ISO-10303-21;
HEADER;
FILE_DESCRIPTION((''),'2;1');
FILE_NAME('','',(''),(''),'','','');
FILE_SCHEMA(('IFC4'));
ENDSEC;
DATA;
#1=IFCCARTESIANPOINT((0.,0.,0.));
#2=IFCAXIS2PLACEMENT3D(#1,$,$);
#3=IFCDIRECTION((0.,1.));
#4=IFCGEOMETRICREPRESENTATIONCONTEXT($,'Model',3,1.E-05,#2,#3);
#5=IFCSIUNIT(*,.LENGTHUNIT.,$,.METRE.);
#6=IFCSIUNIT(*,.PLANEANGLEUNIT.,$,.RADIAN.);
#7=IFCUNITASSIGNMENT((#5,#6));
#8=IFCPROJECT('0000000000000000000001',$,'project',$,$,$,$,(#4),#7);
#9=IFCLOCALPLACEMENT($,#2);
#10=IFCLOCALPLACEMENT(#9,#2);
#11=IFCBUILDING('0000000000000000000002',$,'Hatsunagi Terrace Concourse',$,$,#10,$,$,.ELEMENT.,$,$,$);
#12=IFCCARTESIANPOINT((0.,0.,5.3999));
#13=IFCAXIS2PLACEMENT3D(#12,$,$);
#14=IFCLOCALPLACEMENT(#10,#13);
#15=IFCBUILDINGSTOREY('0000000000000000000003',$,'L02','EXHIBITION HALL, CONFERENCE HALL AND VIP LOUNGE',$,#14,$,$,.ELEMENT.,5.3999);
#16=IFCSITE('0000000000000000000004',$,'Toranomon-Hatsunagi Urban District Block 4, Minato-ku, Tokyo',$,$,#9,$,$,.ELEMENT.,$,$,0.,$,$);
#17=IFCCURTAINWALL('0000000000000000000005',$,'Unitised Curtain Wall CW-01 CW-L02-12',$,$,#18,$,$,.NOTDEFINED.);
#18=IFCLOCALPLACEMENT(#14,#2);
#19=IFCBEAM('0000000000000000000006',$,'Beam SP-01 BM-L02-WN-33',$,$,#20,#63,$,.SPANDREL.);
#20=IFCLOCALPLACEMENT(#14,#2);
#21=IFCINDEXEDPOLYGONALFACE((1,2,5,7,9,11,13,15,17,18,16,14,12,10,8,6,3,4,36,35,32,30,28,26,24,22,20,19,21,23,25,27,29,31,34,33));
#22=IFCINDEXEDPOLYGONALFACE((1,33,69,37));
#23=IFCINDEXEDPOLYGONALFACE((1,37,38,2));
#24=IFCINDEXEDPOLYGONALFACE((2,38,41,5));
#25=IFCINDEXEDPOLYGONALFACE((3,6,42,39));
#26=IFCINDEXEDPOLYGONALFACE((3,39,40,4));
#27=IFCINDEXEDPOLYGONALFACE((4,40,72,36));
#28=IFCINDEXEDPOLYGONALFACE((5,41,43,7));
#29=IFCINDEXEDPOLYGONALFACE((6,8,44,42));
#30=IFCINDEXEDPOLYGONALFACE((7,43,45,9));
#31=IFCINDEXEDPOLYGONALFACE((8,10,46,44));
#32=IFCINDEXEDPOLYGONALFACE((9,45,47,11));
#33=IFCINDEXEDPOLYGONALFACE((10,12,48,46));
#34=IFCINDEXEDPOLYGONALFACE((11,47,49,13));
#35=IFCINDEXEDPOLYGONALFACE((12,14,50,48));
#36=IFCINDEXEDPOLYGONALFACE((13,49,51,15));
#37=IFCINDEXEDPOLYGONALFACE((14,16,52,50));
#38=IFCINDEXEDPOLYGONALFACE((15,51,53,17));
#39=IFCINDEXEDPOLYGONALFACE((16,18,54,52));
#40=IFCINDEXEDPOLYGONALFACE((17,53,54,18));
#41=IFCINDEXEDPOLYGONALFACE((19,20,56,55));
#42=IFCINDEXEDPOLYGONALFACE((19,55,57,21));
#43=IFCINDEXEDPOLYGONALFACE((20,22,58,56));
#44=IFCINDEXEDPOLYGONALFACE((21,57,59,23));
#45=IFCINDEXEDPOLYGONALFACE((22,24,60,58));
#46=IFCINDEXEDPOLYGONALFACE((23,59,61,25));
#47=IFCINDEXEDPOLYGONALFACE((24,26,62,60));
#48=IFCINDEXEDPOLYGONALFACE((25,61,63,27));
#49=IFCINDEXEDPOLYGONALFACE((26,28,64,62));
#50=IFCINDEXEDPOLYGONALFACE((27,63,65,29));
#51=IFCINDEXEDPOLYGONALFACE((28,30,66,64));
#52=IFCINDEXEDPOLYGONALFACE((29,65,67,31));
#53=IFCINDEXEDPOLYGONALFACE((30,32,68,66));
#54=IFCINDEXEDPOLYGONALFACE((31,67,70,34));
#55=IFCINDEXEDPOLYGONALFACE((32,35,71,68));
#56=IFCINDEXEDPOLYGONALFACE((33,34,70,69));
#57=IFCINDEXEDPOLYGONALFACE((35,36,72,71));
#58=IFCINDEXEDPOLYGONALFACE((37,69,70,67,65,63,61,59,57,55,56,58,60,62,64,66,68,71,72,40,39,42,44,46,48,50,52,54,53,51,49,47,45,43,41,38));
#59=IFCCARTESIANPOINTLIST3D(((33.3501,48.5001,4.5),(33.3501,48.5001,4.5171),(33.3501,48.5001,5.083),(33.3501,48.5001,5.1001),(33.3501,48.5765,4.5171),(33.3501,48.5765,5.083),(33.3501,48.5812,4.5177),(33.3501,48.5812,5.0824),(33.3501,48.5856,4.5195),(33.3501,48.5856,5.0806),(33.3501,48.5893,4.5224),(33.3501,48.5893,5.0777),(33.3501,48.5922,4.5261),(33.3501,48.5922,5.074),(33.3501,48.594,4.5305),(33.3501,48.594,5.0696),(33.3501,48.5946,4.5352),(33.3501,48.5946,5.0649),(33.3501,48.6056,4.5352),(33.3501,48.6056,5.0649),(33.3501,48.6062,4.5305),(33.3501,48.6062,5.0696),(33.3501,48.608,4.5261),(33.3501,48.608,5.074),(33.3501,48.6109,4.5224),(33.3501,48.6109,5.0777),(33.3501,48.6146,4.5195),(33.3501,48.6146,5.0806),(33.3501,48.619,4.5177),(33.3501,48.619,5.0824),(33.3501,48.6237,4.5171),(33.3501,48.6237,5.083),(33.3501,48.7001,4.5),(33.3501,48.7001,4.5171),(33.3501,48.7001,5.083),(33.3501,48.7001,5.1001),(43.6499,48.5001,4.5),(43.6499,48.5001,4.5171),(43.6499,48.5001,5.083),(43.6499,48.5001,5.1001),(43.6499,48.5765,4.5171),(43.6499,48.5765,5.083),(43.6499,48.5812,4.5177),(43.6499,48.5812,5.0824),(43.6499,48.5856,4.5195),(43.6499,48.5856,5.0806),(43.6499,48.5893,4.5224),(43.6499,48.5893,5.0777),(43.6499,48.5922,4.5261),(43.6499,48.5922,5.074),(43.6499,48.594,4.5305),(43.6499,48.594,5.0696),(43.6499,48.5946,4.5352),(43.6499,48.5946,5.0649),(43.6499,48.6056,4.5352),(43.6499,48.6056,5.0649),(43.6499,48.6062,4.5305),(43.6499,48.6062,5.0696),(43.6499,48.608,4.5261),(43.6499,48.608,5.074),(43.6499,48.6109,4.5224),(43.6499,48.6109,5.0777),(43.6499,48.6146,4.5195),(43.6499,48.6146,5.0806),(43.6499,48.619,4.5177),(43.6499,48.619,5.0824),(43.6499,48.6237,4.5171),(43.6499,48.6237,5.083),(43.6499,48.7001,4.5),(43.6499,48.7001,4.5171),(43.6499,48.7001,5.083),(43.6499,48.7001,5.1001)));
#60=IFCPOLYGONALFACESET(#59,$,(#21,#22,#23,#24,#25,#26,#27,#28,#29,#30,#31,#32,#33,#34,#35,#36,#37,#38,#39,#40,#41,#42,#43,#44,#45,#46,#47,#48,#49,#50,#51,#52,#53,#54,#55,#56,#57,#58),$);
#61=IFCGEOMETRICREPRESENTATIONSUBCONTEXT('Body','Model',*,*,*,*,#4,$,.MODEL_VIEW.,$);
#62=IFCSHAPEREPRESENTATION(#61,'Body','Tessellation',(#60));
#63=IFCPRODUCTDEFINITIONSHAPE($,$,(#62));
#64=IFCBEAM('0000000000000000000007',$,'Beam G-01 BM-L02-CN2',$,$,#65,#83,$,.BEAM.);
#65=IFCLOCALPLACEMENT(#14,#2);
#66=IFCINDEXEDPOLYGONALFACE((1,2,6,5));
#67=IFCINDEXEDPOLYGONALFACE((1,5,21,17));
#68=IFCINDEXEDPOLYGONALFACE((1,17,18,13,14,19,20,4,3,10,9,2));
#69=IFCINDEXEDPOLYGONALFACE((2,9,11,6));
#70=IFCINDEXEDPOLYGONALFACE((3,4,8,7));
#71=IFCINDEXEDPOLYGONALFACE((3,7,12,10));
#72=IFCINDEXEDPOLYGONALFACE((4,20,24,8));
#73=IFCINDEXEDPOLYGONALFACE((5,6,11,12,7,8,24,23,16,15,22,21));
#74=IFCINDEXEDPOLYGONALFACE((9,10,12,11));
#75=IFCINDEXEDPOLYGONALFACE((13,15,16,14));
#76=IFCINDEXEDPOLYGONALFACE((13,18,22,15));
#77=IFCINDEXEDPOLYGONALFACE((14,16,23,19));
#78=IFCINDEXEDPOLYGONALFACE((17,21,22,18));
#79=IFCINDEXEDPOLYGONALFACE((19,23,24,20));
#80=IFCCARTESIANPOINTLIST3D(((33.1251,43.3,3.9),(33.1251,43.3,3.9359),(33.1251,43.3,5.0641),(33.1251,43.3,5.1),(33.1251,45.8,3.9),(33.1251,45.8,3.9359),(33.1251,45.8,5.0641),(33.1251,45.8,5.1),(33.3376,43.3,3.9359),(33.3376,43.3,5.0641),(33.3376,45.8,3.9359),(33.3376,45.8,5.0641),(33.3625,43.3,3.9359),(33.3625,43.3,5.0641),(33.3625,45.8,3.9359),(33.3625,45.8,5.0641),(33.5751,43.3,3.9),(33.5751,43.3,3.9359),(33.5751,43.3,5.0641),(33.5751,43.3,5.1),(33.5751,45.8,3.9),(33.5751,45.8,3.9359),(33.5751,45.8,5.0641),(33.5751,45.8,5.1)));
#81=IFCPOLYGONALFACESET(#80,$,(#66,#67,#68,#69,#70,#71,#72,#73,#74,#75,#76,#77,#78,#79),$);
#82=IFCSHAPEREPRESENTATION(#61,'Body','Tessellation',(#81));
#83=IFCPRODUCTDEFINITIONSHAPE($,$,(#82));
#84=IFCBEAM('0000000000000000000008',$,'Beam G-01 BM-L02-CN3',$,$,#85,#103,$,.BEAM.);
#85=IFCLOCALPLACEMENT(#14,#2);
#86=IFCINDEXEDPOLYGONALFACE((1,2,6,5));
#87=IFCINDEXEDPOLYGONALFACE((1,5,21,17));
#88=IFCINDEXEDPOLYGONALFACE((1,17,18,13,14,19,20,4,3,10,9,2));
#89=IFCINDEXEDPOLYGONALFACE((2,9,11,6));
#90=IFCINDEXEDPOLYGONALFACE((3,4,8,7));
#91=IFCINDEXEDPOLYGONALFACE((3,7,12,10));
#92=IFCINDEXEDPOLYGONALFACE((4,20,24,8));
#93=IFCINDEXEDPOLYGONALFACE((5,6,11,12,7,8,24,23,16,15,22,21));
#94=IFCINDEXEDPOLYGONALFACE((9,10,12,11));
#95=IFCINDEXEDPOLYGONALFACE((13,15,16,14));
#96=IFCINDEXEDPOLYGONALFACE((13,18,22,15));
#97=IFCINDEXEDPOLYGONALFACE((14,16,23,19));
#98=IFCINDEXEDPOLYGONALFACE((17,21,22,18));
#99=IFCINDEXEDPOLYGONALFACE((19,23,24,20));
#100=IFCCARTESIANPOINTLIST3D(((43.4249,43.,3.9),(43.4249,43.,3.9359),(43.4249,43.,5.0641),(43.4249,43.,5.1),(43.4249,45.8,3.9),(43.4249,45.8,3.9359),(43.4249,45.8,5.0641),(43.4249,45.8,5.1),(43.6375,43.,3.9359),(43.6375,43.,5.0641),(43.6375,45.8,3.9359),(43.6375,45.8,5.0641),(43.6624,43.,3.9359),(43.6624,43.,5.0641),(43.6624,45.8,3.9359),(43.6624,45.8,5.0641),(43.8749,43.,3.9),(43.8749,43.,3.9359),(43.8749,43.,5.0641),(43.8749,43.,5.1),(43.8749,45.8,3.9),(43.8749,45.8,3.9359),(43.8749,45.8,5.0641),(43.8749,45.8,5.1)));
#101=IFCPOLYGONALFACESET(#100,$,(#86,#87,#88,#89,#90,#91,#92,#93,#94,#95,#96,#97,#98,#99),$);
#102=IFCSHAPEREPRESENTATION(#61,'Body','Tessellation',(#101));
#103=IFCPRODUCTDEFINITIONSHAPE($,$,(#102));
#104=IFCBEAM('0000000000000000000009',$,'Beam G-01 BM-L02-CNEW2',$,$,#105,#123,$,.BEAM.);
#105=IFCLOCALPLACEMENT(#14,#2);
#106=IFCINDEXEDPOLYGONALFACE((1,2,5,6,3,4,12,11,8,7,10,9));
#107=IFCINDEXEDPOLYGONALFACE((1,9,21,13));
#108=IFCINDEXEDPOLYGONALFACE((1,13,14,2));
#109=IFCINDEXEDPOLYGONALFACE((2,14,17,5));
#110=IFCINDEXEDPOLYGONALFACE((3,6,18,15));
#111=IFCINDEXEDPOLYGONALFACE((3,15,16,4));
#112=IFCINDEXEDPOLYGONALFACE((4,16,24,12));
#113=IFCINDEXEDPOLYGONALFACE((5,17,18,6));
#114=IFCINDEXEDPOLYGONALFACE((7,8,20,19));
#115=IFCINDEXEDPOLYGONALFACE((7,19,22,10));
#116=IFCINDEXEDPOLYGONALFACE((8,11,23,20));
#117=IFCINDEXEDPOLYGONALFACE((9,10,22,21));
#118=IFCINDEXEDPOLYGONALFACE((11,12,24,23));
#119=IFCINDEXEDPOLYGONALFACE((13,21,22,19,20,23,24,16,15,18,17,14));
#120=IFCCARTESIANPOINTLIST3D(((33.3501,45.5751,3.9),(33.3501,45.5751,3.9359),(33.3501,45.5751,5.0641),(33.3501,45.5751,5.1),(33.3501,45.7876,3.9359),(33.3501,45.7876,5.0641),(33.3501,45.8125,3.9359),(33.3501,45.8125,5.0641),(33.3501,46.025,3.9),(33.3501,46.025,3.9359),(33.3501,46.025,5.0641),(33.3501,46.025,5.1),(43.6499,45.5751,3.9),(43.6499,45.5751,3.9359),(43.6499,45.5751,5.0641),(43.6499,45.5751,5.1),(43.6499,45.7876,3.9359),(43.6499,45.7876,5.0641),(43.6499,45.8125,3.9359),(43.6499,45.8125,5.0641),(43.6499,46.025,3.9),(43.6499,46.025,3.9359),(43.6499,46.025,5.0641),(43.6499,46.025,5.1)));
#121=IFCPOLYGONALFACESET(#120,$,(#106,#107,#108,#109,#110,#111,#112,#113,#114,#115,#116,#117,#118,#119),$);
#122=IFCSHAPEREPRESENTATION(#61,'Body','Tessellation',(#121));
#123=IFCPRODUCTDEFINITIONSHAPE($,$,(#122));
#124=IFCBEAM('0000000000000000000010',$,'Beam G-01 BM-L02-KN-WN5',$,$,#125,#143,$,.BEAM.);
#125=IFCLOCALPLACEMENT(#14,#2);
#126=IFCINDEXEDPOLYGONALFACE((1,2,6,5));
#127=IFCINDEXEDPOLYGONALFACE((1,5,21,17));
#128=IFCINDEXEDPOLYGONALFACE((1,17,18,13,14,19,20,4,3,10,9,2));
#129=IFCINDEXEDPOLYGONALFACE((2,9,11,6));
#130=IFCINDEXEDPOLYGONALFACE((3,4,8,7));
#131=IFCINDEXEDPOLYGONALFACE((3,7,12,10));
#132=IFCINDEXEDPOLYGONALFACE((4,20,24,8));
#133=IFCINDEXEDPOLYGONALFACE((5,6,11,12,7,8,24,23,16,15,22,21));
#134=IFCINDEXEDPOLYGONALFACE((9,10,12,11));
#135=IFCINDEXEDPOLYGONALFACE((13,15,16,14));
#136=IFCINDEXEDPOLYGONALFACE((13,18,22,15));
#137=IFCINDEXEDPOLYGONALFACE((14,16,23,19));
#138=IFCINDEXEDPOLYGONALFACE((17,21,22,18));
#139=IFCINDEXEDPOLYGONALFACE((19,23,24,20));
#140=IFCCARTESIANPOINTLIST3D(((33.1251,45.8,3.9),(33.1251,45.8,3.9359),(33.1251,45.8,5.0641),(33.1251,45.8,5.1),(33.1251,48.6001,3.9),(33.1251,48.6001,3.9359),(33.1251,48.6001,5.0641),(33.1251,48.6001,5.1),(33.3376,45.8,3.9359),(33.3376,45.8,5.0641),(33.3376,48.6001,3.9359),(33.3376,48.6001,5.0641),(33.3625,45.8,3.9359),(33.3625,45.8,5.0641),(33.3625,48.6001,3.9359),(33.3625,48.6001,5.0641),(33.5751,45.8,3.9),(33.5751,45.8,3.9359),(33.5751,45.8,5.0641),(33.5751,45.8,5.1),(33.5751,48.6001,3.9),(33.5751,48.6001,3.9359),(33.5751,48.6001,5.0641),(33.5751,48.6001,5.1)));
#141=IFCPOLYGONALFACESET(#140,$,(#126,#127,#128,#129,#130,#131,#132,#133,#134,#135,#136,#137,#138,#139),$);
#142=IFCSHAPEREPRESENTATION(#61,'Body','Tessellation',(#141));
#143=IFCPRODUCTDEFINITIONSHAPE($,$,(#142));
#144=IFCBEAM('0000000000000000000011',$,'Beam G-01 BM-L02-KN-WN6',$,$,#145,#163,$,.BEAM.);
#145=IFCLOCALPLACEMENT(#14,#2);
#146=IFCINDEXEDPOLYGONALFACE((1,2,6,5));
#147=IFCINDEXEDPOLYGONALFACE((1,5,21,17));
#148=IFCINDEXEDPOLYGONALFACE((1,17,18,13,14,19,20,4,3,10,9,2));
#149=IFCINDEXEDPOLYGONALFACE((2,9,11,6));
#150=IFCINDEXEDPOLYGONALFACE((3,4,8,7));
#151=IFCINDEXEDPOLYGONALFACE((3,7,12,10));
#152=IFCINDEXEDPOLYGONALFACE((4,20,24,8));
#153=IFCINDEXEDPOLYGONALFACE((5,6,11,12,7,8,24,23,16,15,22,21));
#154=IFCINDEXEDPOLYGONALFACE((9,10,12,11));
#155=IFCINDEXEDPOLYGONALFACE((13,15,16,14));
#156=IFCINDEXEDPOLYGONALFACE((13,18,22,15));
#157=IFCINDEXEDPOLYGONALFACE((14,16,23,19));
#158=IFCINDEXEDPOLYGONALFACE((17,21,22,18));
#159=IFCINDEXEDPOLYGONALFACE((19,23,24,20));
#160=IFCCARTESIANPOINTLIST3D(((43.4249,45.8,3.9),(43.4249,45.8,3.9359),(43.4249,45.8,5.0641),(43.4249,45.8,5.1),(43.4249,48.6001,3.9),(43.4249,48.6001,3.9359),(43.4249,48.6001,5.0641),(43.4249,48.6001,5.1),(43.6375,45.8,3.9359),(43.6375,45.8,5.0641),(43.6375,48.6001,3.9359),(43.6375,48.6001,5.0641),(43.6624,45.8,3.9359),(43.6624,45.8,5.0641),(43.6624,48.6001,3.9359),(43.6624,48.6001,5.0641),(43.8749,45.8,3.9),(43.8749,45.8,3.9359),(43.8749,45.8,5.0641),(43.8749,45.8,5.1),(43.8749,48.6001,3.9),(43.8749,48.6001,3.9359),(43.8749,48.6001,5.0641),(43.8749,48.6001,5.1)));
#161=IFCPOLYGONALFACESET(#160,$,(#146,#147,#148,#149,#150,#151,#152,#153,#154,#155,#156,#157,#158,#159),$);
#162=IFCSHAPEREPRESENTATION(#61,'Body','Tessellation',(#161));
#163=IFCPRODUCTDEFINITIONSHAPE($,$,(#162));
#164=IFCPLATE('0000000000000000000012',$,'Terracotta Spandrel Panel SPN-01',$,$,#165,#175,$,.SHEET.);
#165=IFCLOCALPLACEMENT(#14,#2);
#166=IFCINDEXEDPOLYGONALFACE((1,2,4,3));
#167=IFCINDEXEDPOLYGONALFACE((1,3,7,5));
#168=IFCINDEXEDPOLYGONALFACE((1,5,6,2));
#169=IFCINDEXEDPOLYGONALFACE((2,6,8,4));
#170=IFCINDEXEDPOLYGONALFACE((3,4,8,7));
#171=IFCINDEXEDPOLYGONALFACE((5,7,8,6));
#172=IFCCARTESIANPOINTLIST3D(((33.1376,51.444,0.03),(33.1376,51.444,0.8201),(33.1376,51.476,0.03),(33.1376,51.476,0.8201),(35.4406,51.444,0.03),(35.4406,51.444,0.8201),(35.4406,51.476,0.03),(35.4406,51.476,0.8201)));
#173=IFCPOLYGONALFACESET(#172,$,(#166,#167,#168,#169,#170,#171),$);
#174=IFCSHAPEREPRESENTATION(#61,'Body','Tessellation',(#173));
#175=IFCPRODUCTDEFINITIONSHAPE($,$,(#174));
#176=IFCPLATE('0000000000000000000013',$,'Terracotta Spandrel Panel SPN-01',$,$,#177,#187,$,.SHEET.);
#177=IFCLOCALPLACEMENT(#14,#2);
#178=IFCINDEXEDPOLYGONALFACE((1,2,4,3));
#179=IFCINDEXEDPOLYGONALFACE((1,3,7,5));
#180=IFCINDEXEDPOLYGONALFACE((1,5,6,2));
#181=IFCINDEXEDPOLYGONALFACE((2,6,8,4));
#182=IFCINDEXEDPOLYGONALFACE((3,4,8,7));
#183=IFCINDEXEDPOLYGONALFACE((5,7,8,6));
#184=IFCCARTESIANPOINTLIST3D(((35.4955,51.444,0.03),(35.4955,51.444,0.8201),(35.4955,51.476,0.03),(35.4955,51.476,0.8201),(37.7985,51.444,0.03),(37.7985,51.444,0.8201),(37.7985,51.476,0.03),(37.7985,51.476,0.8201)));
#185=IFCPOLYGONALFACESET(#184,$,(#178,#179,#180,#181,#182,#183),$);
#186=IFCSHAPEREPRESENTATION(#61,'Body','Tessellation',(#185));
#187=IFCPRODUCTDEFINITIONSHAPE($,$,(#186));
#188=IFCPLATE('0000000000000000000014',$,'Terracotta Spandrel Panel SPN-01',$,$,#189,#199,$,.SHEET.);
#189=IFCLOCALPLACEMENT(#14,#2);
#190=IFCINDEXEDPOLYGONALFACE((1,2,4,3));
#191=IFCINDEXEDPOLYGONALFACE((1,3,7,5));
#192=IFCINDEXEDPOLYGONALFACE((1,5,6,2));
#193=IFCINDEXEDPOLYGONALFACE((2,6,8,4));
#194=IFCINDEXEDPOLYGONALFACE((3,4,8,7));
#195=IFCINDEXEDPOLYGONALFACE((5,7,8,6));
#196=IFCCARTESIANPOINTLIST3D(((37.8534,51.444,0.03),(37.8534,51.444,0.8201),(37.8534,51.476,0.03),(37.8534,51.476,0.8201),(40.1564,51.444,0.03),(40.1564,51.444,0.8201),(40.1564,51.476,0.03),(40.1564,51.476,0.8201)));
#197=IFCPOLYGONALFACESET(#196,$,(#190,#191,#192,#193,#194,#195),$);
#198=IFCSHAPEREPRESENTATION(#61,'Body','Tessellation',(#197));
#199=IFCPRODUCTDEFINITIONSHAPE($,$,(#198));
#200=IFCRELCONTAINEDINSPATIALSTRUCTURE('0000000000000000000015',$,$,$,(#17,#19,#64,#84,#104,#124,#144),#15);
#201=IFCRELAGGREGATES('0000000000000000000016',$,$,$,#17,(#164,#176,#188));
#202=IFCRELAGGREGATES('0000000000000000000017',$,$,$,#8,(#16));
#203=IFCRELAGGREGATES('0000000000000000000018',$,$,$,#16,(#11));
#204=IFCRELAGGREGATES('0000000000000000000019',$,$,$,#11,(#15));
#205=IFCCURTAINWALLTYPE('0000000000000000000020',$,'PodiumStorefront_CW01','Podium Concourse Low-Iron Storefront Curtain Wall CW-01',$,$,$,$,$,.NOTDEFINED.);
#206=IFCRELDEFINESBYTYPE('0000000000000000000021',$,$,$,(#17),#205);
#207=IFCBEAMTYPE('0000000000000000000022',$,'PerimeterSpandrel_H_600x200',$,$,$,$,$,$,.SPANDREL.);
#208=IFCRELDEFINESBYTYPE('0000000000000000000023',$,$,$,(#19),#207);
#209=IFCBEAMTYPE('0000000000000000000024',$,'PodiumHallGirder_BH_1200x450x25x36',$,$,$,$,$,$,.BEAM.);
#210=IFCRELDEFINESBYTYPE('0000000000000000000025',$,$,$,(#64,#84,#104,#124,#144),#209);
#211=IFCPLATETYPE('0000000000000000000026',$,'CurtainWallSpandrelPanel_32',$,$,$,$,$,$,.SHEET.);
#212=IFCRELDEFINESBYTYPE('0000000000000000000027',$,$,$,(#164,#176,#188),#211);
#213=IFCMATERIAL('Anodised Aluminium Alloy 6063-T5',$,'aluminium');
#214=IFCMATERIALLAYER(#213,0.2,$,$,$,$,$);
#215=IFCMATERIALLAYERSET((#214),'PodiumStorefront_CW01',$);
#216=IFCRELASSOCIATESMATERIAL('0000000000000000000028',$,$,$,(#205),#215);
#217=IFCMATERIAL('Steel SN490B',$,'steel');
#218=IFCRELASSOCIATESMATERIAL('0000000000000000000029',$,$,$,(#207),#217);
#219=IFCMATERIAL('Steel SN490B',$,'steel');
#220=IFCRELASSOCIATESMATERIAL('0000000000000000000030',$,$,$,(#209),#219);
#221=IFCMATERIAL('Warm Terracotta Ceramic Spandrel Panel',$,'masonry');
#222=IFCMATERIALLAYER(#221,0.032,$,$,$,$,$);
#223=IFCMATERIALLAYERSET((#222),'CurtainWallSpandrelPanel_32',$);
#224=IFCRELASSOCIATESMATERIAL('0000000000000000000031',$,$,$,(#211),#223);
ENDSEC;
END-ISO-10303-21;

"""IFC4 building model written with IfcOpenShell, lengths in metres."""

from ifc_helpers import new_model, si_unit, direction, frame, origin, origin_2d, place, context, subcontext, project, spatial, rectangle, i_section, extrude, material, layer, layer_set, material_profile, profile_set, type_object, element, aggregate, save


model = new_model("IFC4")

# Units and contexts
model_context = context("Model", 3, precision=1e-05, world=origin(), true_north=direction((0.0, 1.0)))
body_context = subcontext(model_context, "Body", "Model", "MODEL_VIEW")
ifc_project = project(units=[si_unit("LENGTHUNIT", "METRE"), si_unit("PLANEANGLEUNIT", "RADIAN")], contexts=[model_context])

# Site, building, storey
site_placement = place(None, origin())
site = spatial("IfcSite", under=ifc_project, at=site_placement, Name="Toranomon-Hatsunagi Urban District Block 4, Minato-ku, Tokyo", CompositionType="ELEMENT", RefElevation=0.0)
building_placement = place(site_placement, origin())
building = spatial("IfcBuilding", under=site, at=building_placement, Name="Hatsunagi Terrace Concourse", CompositionType="ELEMENT")
storey_placement = place(building_placement, frame((0.0, 0.0, 5.3999)))
storey = spatial("IfcBuildingStorey", under=building, at=storey_placement, Name="L02", Description="EXHIBITION HALL, CONFERENCE HALL AND VIP LOUNGE", CompositionType="ELEMENT", Elevation=5.3999)

# Curtain wall
ifc_material_1 = material(Name="Anodised Aluminium Alloy 6063-T5", Category="aluminium")
ifc_layer_1 = layer(ifc_material_1, 0.2)
ifc_layer_set_1 = layer_set([ifc_layer_1], Name="PodiumStorefront_CW01")
curtain_wall_type = type_object("IfcCurtainWallType", Name="PodiumStorefront_CW01", Description="Podium Concourse Low-Iron Storefront Curtain Wall CW-01", PredefinedType="NOTDEFINED", material=ifc_layer_set_1)
curtain_wall_placement = place(storey_placement, origin())
curtain_wall = element("IfcCurtainWall", 1, at=curtain_wall_placement, inside=storey, type_object=curtain_wall_type, Name="Unitised Curtain Wall CW-01 CW-L02-12", PredefinedType="NOTDEFINED")

# Beams
ifc_material_2 = material(Name="Steel SN490B", Category="steel")
ifc_material_profile_1 = material_profile(ifc_material_2, i_section(OverallWidth=0.2, OverallDepth=0.6001, WebThickness=0.011, FlangeThickness=0.0171, FilletRadius=0.0181, at=origin_2d()), Name="H-600x200x11x17")
ifc_profile_set_1 = profile_set([ifc_material_profile_1], Name="Steel SN490B")
beam_type_1 = type_object("IfcBeamType", Name="PerimeterSpandrel_H_600x200", PredefinedType="SPANDREL", material=ifc_profile_set_1)
beam_1_placement = place(storey_placement, frame((33.3501, 48.6001, 4.8), z_axis=(1.0, 0.0, 0.0), x_axis=(0.0, 1.0, 0.0)))
element("IfcBeam", 2, at=beam_1_placement, inside=storey, type_object=beam_type_1, Name="Beam SP-01 BM-L02-WN-33", PredefinedType="SPANDREL", context=body_context, shape_type="SweptSolid", body=[
    extrude(i_section(OverallWidth=0.2, OverallDepth=0.6001, WebThickness=0.011, FlangeThickness=0.0171, FilletRadius=0.0181, at=origin_2d()), origin(), (0.0, 0.0, 1.0), 10.2998),
])
ifc_material_3 = material(Name="Steel SN490B", Category="steel")
ifc_material_profile_2 = material_profile(ifc_material_3, i_section(OverallWidth=0.45, OverallDepth=1.2, WebThickness=0.0249, FlangeThickness=0.0359, at=origin_2d()), Name="BH-1200x450x25x36")
ifc_profile_set_2 = profile_set([ifc_material_profile_2], Name="Steel SN490B")
beam_type_2 = type_object("IfcBeamType", Name="PodiumHallGirder_BH_1200x450x25x36", PredefinedType="BEAM", material=ifc_profile_set_2)
beam_2_placement = place(storey_placement, frame((33.3501, 43.3, 4.5), z_axis=(0.0, 1.0, 0.0), x_axis=(-1.0, 0.0, 0.0)))
element("IfcBeam", 3, at=beam_2_placement, inside=storey, type_object=beam_type_2, Name="Beam G-01 BM-L02-CN2", PredefinedType="BEAM", context=body_context, shape_type="SweptSolid", body=[
    extrude(i_section(OverallWidth=0.45, OverallDepth=1.2, WebThickness=0.0249, FlangeThickness=0.0359, at=origin_2d()), origin(), (0.0, 0.0, 1.0), 2.5),
])
beam_3_placement = place(storey_placement, frame((43.6499, 43.0, 4.5), z_axis=(0.0, 1.0, 0.0), x_axis=(-1.0, 0.0, 0.0)))
element("IfcBeam", 4, at=beam_3_placement, inside=storey, type_object=beam_type_2, Name="Beam G-01 BM-L02-CN3", PredefinedType="BEAM", context=body_context, shape_type="SweptSolid", body=[
    extrude(i_section(OverallWidth=0.45, OverallDepth=1.2, WebThickness=0.0249, FlangeThickness=0.0359, at=origin_2d()), origin(), (0.0, 0.0, 1.0), 2.8),
])
beam_4_placement = place(storey_placement, frame((33.3501, 45.8, 4.5), z_axis=(1.0, 0.0, 0.0), x_axis=(0.0, 1.0, 0.0)))
element("IfcBeam", 5, at=beam_4_placement, inside=storey, type_object=beam_type_2, Name="Beam G-01 BM-L02-CNEW2", PredefinedType="BEAM", context=body_context, shape_type="SweptSolid", body=[
    extrude(i_section(OverallWidth=0.45, OverallDepth=1.2, WebThickness=0.0249, FlangeThickness=0.0359, at=origin_2d()), origin(), (0.0, 0.0, 1.0), 10.2998),
])
for number, where, z_axis, x_axis, name in (
    (6, (33.3501, 45.8, 4.5), (0.0, 1.0, 0.0), (-1.0, 0.0, 0.0), "Beam G-01 BM-L02-KN-WN5"),
    (7, (43.6499, 45.8, 4.5), (0.0, 1.0, 0.0), (-1.0, 0.0, 0.0), "Beam G-01 BM-L02-KN-WN6"),
):
    element("IfcBeam", number, at=place(storey_placement, frame(where, z_axis=z_axis, x_axis=x_axis)), inside=storey, type_object=beam_type_2, Name=name, PredefinedType="BEAM", context=body_context, shape_type="SweptSolid", body=[
        extrude(i_section(OverallWidth=0.45, OverallDepth=1.2, WebThickness=0.0249, FlangeThickness=0.0359, at=origin_2d()), origin(), (0.0, 0.0, 1.0), 2.8),
    ])

# Plates
ifc_material_4 = material(Name="Warm Terracotta Ceramic Spandrel Panel", Category="masonry")
ifc_layer_2 = layer(ifc_material_4, 0.032)
ifc_layer_set_2 = layer_set([ifc_layer_2], Name="CurtainWallSpandrelPanel_32")
plate_type_1 = type_object("IfcPlateType", Name="CurtainWallSpandrelPanel_32", PredefinedType="SHEET", material=ifc_layer_set_2)
plate_1_placement = place(storey_placement, frame((34.2891, 51.46, 0.03), z_axis=(0.0, 0.0, 1.0), x_axis=(1.0, 0.0, 0.0)))
plate_1 = element("IfcPlate", 8, at=plate_1_placement, type_object=plate_type_1, Name="Terracotta Spandrel Panel SPN-01", PredefinedType="SHEET", context=body_context, shape_type="SweptSolid", body=[
    extrude(rectangle(XDim=2.303, YDim=0.032, at=origin_2d()), origin(), (0.0, 0.0, 1.0), 0.79),
])
plate_2_placement = place(storey_placement, frame((36.647, 51.46, 0.03), z_axis=(0.0, 0.0, 1.0), x_axis=(1.0, 0.0, 0.0)))
plate_2 = element("IfcPlate", 9, at=plate_2_placement, type_object=plate_type_1, Name="Terracotta Spandrel Panel SPN-01", PredefinedType="SHEET", context=body_context, shape_type="SweptSolid", body=[
    extrude(rectangle(XDim=2.303, YDim=0.032, at=origin_2d()), origin(), (0.0, 0.0, 1.0), 0.79),
])
plate_3_placement = place(storey_placement, frame((39.0049, 51.46, 0.03), z_axis=(0.0, 0.0, 1.0), x_axis=(1.0, 0.0, 0.0)))
plate_3 = element("IfcPlate", 10, at=plate_3_placement, type_object=plate_type_1, Name="Terracotta Spandrel Panel SPN-01", PredefinedType="SHEET", context=body_context, shape_type="SweptSolid", body=[
    extrude(rectangle(XDim=2.303, YDim=0.032, at=origin_2d()), origin(), (0.0, 0.0, 1.0), 0.79),
])
aggregate(curtain_wall, [plate_1, plate_2, plate_3])

save(model, "model.ifc")
